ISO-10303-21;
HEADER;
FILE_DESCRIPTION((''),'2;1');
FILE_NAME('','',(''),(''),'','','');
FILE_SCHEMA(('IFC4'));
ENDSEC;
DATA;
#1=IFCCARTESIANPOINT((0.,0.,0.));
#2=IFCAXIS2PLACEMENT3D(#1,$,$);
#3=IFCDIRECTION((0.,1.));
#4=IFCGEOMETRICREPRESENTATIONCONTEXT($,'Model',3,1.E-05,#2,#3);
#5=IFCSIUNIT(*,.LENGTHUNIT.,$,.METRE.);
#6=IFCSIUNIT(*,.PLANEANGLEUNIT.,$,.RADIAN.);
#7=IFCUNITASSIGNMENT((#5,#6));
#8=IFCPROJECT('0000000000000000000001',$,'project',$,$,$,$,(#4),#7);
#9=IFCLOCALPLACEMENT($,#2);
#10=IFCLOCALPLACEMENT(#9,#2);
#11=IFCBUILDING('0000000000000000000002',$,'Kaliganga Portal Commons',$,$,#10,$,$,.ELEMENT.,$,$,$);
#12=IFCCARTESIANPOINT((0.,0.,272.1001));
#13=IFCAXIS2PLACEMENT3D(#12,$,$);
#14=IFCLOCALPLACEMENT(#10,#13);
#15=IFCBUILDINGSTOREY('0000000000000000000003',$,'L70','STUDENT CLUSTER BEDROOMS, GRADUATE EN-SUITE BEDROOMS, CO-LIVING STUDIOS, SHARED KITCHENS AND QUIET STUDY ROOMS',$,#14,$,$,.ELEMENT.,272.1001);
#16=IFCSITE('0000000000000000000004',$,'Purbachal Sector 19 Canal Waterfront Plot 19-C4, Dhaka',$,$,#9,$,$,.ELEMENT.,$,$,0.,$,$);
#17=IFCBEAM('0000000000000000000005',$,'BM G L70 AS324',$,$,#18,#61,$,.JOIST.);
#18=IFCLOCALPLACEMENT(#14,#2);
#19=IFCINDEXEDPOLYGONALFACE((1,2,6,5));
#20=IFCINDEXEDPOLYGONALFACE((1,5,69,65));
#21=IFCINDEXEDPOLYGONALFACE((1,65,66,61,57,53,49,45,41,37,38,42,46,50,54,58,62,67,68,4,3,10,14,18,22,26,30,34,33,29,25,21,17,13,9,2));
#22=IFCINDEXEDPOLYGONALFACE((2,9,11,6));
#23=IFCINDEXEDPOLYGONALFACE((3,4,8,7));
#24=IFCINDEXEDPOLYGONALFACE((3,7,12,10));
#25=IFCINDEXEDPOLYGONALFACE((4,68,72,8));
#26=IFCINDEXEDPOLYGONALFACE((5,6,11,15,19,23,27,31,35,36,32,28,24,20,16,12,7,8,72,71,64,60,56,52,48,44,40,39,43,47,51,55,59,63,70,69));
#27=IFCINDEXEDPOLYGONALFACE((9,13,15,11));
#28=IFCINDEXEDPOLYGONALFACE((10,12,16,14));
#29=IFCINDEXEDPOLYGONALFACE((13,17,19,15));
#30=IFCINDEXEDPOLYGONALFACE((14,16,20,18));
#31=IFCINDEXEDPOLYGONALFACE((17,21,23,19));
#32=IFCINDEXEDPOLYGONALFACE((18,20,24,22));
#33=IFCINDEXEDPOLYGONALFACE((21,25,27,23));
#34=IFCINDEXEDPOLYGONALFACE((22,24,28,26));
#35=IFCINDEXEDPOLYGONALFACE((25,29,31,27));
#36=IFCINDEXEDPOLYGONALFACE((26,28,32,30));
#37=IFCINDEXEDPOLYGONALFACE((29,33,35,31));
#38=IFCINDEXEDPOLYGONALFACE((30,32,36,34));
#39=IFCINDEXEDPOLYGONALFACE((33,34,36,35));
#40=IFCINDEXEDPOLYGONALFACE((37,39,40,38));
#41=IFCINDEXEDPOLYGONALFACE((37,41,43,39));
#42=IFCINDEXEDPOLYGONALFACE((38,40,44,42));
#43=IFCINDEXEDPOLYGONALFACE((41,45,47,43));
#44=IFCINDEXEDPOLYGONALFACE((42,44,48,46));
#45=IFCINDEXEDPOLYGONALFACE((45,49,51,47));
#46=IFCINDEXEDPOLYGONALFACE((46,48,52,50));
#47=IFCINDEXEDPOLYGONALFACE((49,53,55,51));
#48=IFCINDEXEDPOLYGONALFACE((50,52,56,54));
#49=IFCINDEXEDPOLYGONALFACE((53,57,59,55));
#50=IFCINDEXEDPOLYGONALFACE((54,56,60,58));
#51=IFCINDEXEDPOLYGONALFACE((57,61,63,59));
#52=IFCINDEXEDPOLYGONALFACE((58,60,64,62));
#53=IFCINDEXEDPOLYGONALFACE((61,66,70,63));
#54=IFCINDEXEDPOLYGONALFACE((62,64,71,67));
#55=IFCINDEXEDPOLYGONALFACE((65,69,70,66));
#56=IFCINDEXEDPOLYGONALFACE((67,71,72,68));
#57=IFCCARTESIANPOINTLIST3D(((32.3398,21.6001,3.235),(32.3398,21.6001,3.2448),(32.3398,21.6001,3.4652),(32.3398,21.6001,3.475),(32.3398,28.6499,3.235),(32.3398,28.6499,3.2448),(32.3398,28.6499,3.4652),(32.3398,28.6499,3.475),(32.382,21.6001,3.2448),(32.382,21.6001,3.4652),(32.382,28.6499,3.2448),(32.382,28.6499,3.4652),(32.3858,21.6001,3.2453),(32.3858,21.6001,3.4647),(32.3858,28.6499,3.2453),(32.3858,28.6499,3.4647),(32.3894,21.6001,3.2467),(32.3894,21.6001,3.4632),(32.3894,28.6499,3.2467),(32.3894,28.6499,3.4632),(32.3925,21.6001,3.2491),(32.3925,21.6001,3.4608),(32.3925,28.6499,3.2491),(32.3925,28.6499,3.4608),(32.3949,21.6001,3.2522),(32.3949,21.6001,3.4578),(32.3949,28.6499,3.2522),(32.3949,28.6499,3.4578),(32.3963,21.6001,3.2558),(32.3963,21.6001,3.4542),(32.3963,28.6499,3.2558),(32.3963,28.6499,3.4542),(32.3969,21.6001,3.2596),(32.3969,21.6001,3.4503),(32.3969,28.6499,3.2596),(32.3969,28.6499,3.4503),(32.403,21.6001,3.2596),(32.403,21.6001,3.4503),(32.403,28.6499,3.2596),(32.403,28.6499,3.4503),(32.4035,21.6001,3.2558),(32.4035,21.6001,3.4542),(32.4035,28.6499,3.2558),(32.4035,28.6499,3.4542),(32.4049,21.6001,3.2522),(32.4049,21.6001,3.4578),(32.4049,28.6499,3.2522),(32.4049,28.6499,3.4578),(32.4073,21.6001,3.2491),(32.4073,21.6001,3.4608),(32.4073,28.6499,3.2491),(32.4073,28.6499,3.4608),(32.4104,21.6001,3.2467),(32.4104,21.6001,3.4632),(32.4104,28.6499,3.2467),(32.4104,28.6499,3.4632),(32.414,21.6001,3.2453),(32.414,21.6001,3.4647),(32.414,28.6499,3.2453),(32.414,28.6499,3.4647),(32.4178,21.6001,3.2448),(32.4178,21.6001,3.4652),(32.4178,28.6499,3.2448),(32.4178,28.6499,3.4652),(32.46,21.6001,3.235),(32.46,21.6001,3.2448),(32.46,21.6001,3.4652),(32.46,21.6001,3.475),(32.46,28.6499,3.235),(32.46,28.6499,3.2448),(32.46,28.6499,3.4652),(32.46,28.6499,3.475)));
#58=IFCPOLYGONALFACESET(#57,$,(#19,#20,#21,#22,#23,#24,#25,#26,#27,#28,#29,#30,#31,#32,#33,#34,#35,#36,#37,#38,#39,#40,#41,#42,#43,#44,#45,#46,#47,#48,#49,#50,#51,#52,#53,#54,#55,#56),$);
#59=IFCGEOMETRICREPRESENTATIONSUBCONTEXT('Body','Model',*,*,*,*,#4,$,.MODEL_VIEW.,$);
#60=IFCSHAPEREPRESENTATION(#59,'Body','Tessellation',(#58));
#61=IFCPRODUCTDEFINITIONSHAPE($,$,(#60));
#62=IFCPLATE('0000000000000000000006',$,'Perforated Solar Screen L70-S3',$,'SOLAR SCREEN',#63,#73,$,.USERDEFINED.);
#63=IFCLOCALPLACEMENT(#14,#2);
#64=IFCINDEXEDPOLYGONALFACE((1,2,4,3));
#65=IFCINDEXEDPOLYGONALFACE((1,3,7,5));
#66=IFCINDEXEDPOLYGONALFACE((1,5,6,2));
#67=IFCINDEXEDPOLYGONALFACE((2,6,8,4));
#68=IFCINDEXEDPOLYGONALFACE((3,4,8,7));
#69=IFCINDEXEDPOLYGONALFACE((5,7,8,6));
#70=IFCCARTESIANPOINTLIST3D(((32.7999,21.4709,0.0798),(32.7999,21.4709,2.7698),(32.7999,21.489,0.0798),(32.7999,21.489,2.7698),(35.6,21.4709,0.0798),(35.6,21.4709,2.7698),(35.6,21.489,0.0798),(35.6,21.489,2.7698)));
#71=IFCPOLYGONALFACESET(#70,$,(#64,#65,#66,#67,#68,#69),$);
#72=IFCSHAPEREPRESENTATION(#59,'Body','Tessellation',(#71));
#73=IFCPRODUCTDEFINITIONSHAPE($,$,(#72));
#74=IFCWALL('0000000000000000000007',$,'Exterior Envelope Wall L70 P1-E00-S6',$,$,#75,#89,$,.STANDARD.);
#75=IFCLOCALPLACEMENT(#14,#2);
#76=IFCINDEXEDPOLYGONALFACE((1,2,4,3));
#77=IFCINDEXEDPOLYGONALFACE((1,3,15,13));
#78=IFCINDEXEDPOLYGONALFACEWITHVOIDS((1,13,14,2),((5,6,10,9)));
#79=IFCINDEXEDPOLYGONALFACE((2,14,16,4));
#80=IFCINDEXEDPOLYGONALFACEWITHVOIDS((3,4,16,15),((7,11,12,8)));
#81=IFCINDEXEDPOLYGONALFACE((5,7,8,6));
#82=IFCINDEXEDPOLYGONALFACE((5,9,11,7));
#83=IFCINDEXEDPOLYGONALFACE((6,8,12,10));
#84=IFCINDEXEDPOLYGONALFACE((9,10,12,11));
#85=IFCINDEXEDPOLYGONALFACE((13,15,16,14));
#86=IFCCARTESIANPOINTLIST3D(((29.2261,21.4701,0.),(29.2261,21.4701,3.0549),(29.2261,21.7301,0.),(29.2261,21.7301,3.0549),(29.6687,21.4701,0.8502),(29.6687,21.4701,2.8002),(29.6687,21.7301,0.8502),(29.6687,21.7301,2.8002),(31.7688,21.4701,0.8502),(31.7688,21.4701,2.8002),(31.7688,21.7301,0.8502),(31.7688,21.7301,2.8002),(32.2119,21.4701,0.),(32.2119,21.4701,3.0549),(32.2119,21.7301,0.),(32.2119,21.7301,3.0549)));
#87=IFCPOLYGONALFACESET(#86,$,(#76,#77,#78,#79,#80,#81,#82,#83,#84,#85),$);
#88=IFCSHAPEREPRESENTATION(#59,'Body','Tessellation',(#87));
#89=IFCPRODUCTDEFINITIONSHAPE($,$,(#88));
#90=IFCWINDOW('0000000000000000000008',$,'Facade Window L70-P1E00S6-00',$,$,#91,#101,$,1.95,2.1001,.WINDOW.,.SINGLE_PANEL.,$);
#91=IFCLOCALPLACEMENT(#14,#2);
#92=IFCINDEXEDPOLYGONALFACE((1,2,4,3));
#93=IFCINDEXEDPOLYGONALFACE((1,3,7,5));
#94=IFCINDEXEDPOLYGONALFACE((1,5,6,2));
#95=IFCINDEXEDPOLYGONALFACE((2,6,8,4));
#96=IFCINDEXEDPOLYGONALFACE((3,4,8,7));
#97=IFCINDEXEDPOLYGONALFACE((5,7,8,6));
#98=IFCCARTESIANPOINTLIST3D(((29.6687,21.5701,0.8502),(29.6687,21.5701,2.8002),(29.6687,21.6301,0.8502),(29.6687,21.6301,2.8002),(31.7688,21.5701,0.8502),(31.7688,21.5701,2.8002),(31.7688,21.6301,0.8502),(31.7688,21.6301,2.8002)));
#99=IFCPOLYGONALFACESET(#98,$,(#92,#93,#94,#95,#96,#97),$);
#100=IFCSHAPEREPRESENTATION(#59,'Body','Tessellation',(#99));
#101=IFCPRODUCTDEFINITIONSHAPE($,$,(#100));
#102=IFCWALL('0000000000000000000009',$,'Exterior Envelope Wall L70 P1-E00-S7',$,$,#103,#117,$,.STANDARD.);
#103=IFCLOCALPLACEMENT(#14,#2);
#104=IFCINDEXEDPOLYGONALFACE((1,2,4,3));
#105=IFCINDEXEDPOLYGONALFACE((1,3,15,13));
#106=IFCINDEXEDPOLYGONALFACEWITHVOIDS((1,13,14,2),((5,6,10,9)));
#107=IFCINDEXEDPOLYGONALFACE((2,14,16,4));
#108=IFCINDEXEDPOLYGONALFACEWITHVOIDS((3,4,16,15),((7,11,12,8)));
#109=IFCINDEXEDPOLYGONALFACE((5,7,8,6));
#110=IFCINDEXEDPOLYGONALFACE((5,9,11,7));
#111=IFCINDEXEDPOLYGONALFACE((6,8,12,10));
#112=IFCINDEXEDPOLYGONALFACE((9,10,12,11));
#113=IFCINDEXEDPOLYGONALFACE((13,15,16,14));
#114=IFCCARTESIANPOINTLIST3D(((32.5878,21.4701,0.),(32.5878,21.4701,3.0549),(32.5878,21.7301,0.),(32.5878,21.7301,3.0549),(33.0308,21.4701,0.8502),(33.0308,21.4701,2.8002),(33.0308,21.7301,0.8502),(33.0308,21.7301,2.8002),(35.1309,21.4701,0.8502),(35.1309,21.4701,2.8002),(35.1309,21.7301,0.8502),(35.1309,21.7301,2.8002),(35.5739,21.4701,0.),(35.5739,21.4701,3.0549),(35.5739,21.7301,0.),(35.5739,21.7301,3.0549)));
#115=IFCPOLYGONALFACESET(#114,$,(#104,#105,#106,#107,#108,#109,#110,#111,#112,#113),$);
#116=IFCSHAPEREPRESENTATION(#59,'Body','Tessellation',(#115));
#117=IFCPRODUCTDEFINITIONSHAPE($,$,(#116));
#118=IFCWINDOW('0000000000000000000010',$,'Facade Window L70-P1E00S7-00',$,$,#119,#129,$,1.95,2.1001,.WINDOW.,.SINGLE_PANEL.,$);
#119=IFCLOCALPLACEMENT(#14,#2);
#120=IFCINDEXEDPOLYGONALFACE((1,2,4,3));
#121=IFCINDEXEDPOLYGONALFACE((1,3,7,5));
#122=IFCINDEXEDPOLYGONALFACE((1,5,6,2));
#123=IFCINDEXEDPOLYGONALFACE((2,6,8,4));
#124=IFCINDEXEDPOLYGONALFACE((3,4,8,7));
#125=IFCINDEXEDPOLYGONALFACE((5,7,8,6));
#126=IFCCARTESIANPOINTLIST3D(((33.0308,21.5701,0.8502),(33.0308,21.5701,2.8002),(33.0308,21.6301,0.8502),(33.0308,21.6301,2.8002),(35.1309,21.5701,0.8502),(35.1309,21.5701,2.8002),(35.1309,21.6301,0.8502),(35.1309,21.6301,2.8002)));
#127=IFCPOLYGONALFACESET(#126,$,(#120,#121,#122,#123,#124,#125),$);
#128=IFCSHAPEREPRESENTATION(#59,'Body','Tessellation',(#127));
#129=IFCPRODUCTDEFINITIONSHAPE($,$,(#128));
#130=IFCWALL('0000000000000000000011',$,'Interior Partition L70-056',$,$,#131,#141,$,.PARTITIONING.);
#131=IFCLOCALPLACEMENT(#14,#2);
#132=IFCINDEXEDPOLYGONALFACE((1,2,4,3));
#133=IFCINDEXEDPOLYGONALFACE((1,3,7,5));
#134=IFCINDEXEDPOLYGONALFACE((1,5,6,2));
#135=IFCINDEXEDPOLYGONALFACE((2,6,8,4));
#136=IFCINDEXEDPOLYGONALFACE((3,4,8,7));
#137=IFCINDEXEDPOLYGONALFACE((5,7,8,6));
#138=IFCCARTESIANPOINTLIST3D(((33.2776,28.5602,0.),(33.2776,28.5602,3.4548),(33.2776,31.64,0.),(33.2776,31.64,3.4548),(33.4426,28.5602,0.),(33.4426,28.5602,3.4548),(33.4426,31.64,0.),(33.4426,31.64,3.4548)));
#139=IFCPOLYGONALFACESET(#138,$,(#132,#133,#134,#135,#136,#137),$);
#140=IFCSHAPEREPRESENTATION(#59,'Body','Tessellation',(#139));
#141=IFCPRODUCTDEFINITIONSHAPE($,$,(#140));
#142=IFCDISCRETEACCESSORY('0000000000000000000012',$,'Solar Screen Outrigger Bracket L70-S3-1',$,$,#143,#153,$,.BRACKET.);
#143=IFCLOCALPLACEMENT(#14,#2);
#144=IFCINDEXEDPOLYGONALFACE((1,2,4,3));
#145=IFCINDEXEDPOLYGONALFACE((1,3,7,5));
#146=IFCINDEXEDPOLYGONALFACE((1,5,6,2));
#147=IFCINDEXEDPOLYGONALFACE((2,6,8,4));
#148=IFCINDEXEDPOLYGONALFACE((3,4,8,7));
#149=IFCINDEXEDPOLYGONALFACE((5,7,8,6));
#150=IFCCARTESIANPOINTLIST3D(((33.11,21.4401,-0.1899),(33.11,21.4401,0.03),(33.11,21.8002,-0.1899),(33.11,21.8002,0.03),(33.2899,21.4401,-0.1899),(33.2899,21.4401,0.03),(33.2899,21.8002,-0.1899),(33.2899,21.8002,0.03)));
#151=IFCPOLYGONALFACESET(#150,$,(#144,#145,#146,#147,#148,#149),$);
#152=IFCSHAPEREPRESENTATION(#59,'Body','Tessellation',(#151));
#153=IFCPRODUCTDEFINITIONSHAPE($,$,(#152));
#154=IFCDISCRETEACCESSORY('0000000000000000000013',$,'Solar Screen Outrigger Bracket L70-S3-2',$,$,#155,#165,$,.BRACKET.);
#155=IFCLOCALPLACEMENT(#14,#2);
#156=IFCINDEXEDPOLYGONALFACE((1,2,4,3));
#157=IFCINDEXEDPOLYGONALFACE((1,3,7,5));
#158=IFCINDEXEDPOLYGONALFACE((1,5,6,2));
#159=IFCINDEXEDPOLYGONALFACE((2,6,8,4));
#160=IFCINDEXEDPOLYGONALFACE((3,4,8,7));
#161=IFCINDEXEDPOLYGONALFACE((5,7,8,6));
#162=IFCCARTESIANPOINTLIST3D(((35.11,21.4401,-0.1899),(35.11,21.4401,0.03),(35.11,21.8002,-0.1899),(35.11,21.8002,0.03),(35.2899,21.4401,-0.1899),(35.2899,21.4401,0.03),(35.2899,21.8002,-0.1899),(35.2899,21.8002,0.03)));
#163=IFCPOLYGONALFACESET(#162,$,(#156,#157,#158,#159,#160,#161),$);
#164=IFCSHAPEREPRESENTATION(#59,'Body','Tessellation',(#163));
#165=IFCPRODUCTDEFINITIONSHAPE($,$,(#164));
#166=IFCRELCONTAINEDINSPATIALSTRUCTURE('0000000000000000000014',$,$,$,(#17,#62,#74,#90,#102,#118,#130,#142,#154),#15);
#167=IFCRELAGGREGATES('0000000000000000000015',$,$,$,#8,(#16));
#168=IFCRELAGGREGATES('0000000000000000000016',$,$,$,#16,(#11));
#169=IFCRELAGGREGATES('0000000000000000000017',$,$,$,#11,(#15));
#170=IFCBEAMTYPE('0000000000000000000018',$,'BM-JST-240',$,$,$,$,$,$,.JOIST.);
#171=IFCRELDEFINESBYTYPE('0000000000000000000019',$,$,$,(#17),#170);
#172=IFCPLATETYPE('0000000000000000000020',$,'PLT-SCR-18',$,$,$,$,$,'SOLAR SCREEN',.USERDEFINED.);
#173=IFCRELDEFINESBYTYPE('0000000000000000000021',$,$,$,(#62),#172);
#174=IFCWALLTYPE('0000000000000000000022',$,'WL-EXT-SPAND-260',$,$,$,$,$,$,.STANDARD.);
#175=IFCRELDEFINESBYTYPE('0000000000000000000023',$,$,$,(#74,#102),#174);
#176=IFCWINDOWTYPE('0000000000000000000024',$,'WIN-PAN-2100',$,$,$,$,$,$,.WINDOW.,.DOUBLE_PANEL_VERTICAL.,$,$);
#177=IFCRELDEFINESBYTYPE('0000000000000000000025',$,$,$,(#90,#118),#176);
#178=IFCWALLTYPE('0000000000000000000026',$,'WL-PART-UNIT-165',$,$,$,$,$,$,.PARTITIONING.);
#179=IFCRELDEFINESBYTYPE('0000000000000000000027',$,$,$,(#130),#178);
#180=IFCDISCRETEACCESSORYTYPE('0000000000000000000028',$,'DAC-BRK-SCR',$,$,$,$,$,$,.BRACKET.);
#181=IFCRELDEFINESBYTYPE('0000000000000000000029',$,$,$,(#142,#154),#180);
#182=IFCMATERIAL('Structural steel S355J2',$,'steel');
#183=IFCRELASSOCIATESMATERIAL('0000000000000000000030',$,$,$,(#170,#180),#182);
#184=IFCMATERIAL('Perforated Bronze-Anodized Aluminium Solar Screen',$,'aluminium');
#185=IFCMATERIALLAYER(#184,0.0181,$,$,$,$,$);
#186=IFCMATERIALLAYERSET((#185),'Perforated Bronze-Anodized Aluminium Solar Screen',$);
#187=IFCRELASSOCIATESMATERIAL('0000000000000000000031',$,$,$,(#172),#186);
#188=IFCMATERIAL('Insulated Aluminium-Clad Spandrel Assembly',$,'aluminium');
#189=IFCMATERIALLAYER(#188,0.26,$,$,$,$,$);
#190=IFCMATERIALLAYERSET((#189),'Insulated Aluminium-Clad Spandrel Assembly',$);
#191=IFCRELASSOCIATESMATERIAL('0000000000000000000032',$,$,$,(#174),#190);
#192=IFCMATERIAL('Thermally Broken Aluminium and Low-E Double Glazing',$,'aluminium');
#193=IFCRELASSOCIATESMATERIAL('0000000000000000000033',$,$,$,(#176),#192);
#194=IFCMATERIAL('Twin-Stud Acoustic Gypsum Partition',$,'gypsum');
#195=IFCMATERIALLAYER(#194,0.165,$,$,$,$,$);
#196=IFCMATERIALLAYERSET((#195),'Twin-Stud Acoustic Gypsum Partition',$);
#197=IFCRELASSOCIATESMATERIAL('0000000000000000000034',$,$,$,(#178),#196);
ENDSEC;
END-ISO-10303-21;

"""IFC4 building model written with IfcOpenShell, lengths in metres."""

from ifc_helpers import new_model, si_unit, direction, frame, frame_2d, origin, origin_2d, place, context, subcontext, project, spatial, rectangle, i_section, extrude, source, transform, mapped, material, layer, layer_set, material_profile, profile_set, type_object, element, fill, save


model = new_model("IFC4")

# Units and contexts
model_context = context("Model", 3, precision=1e-05, world=origin(), true_north=direction((0.0, 1.0)))
body_context = subcontext(model_context, "Body", "Model", "MODEL_VIEW")
ifc_project = project(units=[si_unit("LENGTHUNIT", "METRE"), si_unit("PLANEANGLEUNIT", "RADIAN")], contexts=[model_context])

# Site, building, storey
site_placement = place(None, origin())
site = spatial("IfcSite", under=ifc_project, at=site_placement, Name="Purbachal Sector 19 Canal Waterfront Plot 19-C4, Dhaka", CompositionType="ELEMENT", RefElevation=0.0)
building_placement = place(site_placement, origin())
building = spatial("IfcBuilding", under=site, at=building_placement, Name="Kaliganga Portal Commons", CompositionType="ELEMENT")
storey_placement = place(building_placement, frame((0.0, 0.0, 272.1001)))
storey = spatial("IfcBuildingStorey", under=building, at=storey_placement, Name="L70", Description="STUDENT CLUSTER BEDROOMS, GRADUATE EN-SUITE BEDROOMS, CO-LIVING STUDIOS, SHARED KITCHENS AND QUIET STUDY ROOMS", CompositionType="ELEMENT", Elevation=272.1001)

# Shared definitions
ifc_material_1 = material(Name="Structural steel S355J2", Category="steel")

# Beam
ifc_material_profile_1 = material_profile(ifc_material_1, i_section(OverallWidth=0.1201, OverallDepth=0.24, WebThickness=0.0061, FlangeThickness=0.0098, FilletRadius=0.0149, at=origin_2d()), Name="IPE 240")
ifc_profile_set_1 = profile_set([ifc_material_profile_1], Name="Structural steel S355J2 wide-flange")
beam_type_1 = type_object("IfcBeamType", Name="BM-JST-240", PredefinedType="JOIST", material=ifc_profile_set_1)
shared_shape_1 = source(origin(), body_context, "Body", "SweptSolid", [
    extrude(i_section(OverallWidth=0.1201, OverallDepth=0.24, WebThickness=0.0061, FlangeThickness=0.0098, FilletRadius=0.0149, at=origin_2d()), origin(), (0.0, 0.0, 1.0), 7.0498),
])
beam_1_placement = place(storey_placement, frame((32.3999, 21.6001, 3.355), z_axis=(0.0, 1.0, 0.0), x_axis=(-1.0, 0.0, 0.0)))
element("IfcBeam", 1, at=beam_1_placement, inside=storey, type_object=beam_type_1, Name="BM G L70 AS324", PredefinedType="JOIST", context=body_context, shape_type="MappedRepresentation", body=[
    mapped(shared_shape_1, transform((0.0, 0.0, 0.0), x_axis=(1.0, 0.0, 0.0), y_axis=(0.0, 1.0, 0.0), z_axis=(0.0, 0.0, 1.0), scale=1.0)),
])

# Plate
ifc_material_2 = material(Name="Perforated Bronze-Anodized Aluminium Solar Screen", Category="aluminium")
ifc_layer_1 = layer(ifc_material_2, 0.0181)
ifc_layer_set_1 = layer_set([ifc_layer_1], Name="Perforated Bronze-Anodized Aluminium Solar Screen")
plate_type = type_object("IfcPlateType", Name="PLT-SCR-18", ElementType="SOLAR SCREEN", PredefinedType="USERDEFINED", material=ifc_layer_set_1)
shared_shape_2 = source(origin(), body_context, "Body", "SweptSolid", [
    extrude(rectangle(XDim=2.8, YDim=0.0181, at=origin_2d()), origin(), (0.0, 0.0, 1.0), 2.6899),
])
plate_placement = place(storey_placement, frame((34.2, 21.48, 0.0798), z_axis=(0.0, 0.0, 1.0), x_axis=(1.0, 0.0, 0.0)))
element("IfcPlate", 2, at=plate_placement, inside=storey, type_object=plate_type, Name="Perforated Solar Screen L70-S3", ObjectType="SOLAR SCREEN", PredefinedType="USERDEFINED", context=body_context, shape_type="MappedRepresentation", body=[
    mapped(shared_shape_2, transform((0.0, 0.0, 0.0), x_axis=(1.0, 0.0, 0.0), y_axis=(0.0, 1.0, 0.0), z_axis=(0.0, 0.0, 1.0), scale=1.0)),
])

# Walls, openings, windows
ifc_material_3 = material(Name="Insulated Aluminium-Clad Spandrel Assembly", Category="aluminium")
ifc_layer_2 = layer(ifc_material_3, 0.26)
ifc_layer_set_2 = layer_set([ifc_layer_2], Name="Insulated Aluminium-Clad Spandrel Assembly")
wall_type_1 = type_object("IfcWallType", Name="WL-EXT-SPAND-260", PredefinedType="STANDARD", material=ifc_layer_set_2)
wall_1_placement = place(storey_placement, frame((32.2119, 21.6001, 0.0), z_axis=(0.0, 0.0, 1.0), x_axis=(-1.0, 0.0, 0.0)))
wall_1 = element("IfcWall", 3, at=wall_1_placement, inside=storey, type_object=wall_type_1, Name="Exterior Envelope Wall L70 P1-E00-S6", PredefinedType="STANDARD", context=body_context, shape_type="SweptSolid", body=[
    extrude(rectangle(XDim=2.9858, YDim=0.26, at=frame_2d((1.4929, 0.0))), origin(), (0.0, 0.0, 1.0), 3.0549),
])
opening_1_placement = place(wall_1_placement, frame((0.4431, 0.0, 0.8501)))
opening_1 = element("IfcOpeningElement", 4, at=opening_1_placement, cuts=wall_1, PredefinedType="OPENING", context=body_context, shape_type="SweptSolid", body=[
    extrude(rectangle(XDim=2.1001, YDim=1.95, at=frame_2d((1.05, 0.9751))), frame((0.0, 0.1401, 0.0), z_axis=(0.0, -1.0, 0.0), x_axis=(1.0, 0.0, 0.0)), (0.0, 0.0, 1.0), 0.28),
])
ifc_material_4 = material(Name="Thermally Broken Aluminium and Low-E Double Glazing", Category="aluminium")
window_type = type_object("IfcWindowType", Name="WIN-PAN-2100", PartitioningType="DOUBLE_PANEL_VERTICAL", PredefinedType="WINDOW", material=ifc_material_4)
window_1_placement = place(opening_1_placement, origin())
window_1 = element("IfcWindow", 5, at=window_1_placement, inside=storey, type_object=window_type, Name="Facade Window L70-P1E00S6-00", OverallHeight=1.95, OverallWidth=2.1001, PartitioningType="SINGLE_PANEL", PredefinedType="WINDOW", context=body_context, shape_type="SweptSolid", body=[
    extrude(rectangle(XDim=2.1001, YDim=1.95, at=frame_2d((1.05, 0.9751))), frame((0.0, 0.03, 0.0), z_axis=(0.0, -1.0, 0.0), x_axis=(1.0, 0.0, 0.0)), (0.0, 0.0, 1.0), 0.0601),
])
fill(opening_1, window_1)
wall_2_placement = place(storey_placement, frame((35.574, 21.6001, 0.0), z_axis=(0.0, 0.0, 1.0), x_axis=(-1.0, 0.0, 0.0)))
wall_2 = element("IfcWall", 6, at=wall_2_placement, inside=storey, type_object=wall_type_1, Name="Exterior Envelope Wall L70 P1-E00-S7", PredefinedType="STANDARD", context=body_context, shape_type="SweptSolid", body=[
    extrude(rectangle(XDim=2.9861, YDim=0.26, at=frame_2d((1.4932, 0.0))), origin(), (0.0, 0.0, 1.0), 3.0549),
])
opening_2_placement = place(wall_2_placement, frame((0.4431, 0.0, 0.8501)))
opening_2 = element("IfcOpeningElement", 7, at=opening_2_placement, cuts=wall_2, PredefinedType="OPENING", context=body_context, shape_type="SweptSolid", body=[
    extrude(rectangle(XDim=2.1001, YDim=1.95, at=frame_2d((1.05, 0.9751))), frame((0.0, 0.1401, 0.0), z_axis=(0.0, -1.0, 0.0), x_axis=(1.0, 0.0, 0.0)), (0.0, 0.0, 1.0), 0.28),
])
window_2_placement = place(opening_2_placement, origin())
window_2 = element("IfcWindow", 8, at=window_2_placement, inside=storey, type_object=window_type, Name="Facade Window L70-P1E00S7-00", OverallHeight=1.95, OverallWidth=2.1001, PartitioningType="SINGLE_PANEL", PredefinedType="WINDOW", context=body_context, shape_type="SweptSolid", body=[
    extrude(rectangle(XDim=2.1001, YDim=1.95, at=frame_2d((1.05, 0.9751))), frame((0.0, 0.03, 0.0), z_axis=(0.0, -1.0, 0.0), x_axis=(1.0, 0.0, 0.0)), (0.0, 0.0, 1.0), 0.0601),
])
fill(opening_2, window_2)

# Wall
ifc_material_5 = material(Name="Twin-Stud Acoustic Gypsum Partition", Category="gypsum")
ifc_layer_3 = layer(ifc_material_5, 0.165)
ifc_layer_set_3 = layer_set([ifc_layer_3], Name="Twin-Stud Acoustic Gypsum Partition")
wall_type_2 = type_object("IfcWallType", Name="WL-PART-UNIT-165", PredefinedType="PARTITIONING", material=ifc_layer_set_3)
wall_3_placement = place(storey_placement, frame((33.3601, 28.5601, 0.0), z_axis=(0.0, 0.0, 1.0), x_axis=(0.0, 1.0, 0.0)))
element("IfcWall", 9, at=wall_3_placement, inside=storey, type_object=wall_type_2, Name="Interior Partition L70-056", PredefinedType="PARTITIONING", context=body_context, shape_type="SweptSolid", body=[
    extrude(rectangle(XDim=3.0798, YDim=0.165, at=frame_2d((1.54, 0.0))), origin(), (0.0, 0.0, 1.0), 3.4548),
])

# Discrete accessories
discrete_accessory_type = type_object("IfcDiscreteAccessoryType", Name="DAC-BRK-SCR", PredefinedType="BRACKET", material=ifc_material_1)
shared_shape_3 = source(origin(), body_context, "Body", "SweptSolid", [
    extrude(rectangle(XDim=0.1799, YDim=0.3601, at=origin_2d()), origin(), (0.0, 0.0, 1.0), 0.22),
])
for number, where, z_axis, x_axis, name in (
    (10, (33.2, 21.6201, -0.1899), (0.0, 0.0, 1.0), (1.0, 0.0, 0.0), "Solar Screen Outrigger Bracket L70-S3-1"),
    (11, (35.2, 21.6201, -0.1899), (0.0, 0.0, 1.0), (1.0, 0.0, 0.0), "Solar Screen Outrigger Bracket L70-S3-2"),
):
    element("IfcDiscreteAccessory", number, at=place(storey_placement, frame(where, z_axis=z_axis, x_axis=x_axis)), inside=storey, type_object=discrete_accessory_type, Name=name, PredefinedType="BRACKET", context=body_context, shape_type="MappedRepresentation", body=[
        mapped(shared_shape_3, transform((0.0, 0.0, 0.0), x_axis=(1.0, 0.0, 0.0), y_axis=(0.0, 1.0, 0.0), z_axis=(0.0, 0.0, 1.0), scale=1.0)),
    ])

save(model, "model.ifc")
